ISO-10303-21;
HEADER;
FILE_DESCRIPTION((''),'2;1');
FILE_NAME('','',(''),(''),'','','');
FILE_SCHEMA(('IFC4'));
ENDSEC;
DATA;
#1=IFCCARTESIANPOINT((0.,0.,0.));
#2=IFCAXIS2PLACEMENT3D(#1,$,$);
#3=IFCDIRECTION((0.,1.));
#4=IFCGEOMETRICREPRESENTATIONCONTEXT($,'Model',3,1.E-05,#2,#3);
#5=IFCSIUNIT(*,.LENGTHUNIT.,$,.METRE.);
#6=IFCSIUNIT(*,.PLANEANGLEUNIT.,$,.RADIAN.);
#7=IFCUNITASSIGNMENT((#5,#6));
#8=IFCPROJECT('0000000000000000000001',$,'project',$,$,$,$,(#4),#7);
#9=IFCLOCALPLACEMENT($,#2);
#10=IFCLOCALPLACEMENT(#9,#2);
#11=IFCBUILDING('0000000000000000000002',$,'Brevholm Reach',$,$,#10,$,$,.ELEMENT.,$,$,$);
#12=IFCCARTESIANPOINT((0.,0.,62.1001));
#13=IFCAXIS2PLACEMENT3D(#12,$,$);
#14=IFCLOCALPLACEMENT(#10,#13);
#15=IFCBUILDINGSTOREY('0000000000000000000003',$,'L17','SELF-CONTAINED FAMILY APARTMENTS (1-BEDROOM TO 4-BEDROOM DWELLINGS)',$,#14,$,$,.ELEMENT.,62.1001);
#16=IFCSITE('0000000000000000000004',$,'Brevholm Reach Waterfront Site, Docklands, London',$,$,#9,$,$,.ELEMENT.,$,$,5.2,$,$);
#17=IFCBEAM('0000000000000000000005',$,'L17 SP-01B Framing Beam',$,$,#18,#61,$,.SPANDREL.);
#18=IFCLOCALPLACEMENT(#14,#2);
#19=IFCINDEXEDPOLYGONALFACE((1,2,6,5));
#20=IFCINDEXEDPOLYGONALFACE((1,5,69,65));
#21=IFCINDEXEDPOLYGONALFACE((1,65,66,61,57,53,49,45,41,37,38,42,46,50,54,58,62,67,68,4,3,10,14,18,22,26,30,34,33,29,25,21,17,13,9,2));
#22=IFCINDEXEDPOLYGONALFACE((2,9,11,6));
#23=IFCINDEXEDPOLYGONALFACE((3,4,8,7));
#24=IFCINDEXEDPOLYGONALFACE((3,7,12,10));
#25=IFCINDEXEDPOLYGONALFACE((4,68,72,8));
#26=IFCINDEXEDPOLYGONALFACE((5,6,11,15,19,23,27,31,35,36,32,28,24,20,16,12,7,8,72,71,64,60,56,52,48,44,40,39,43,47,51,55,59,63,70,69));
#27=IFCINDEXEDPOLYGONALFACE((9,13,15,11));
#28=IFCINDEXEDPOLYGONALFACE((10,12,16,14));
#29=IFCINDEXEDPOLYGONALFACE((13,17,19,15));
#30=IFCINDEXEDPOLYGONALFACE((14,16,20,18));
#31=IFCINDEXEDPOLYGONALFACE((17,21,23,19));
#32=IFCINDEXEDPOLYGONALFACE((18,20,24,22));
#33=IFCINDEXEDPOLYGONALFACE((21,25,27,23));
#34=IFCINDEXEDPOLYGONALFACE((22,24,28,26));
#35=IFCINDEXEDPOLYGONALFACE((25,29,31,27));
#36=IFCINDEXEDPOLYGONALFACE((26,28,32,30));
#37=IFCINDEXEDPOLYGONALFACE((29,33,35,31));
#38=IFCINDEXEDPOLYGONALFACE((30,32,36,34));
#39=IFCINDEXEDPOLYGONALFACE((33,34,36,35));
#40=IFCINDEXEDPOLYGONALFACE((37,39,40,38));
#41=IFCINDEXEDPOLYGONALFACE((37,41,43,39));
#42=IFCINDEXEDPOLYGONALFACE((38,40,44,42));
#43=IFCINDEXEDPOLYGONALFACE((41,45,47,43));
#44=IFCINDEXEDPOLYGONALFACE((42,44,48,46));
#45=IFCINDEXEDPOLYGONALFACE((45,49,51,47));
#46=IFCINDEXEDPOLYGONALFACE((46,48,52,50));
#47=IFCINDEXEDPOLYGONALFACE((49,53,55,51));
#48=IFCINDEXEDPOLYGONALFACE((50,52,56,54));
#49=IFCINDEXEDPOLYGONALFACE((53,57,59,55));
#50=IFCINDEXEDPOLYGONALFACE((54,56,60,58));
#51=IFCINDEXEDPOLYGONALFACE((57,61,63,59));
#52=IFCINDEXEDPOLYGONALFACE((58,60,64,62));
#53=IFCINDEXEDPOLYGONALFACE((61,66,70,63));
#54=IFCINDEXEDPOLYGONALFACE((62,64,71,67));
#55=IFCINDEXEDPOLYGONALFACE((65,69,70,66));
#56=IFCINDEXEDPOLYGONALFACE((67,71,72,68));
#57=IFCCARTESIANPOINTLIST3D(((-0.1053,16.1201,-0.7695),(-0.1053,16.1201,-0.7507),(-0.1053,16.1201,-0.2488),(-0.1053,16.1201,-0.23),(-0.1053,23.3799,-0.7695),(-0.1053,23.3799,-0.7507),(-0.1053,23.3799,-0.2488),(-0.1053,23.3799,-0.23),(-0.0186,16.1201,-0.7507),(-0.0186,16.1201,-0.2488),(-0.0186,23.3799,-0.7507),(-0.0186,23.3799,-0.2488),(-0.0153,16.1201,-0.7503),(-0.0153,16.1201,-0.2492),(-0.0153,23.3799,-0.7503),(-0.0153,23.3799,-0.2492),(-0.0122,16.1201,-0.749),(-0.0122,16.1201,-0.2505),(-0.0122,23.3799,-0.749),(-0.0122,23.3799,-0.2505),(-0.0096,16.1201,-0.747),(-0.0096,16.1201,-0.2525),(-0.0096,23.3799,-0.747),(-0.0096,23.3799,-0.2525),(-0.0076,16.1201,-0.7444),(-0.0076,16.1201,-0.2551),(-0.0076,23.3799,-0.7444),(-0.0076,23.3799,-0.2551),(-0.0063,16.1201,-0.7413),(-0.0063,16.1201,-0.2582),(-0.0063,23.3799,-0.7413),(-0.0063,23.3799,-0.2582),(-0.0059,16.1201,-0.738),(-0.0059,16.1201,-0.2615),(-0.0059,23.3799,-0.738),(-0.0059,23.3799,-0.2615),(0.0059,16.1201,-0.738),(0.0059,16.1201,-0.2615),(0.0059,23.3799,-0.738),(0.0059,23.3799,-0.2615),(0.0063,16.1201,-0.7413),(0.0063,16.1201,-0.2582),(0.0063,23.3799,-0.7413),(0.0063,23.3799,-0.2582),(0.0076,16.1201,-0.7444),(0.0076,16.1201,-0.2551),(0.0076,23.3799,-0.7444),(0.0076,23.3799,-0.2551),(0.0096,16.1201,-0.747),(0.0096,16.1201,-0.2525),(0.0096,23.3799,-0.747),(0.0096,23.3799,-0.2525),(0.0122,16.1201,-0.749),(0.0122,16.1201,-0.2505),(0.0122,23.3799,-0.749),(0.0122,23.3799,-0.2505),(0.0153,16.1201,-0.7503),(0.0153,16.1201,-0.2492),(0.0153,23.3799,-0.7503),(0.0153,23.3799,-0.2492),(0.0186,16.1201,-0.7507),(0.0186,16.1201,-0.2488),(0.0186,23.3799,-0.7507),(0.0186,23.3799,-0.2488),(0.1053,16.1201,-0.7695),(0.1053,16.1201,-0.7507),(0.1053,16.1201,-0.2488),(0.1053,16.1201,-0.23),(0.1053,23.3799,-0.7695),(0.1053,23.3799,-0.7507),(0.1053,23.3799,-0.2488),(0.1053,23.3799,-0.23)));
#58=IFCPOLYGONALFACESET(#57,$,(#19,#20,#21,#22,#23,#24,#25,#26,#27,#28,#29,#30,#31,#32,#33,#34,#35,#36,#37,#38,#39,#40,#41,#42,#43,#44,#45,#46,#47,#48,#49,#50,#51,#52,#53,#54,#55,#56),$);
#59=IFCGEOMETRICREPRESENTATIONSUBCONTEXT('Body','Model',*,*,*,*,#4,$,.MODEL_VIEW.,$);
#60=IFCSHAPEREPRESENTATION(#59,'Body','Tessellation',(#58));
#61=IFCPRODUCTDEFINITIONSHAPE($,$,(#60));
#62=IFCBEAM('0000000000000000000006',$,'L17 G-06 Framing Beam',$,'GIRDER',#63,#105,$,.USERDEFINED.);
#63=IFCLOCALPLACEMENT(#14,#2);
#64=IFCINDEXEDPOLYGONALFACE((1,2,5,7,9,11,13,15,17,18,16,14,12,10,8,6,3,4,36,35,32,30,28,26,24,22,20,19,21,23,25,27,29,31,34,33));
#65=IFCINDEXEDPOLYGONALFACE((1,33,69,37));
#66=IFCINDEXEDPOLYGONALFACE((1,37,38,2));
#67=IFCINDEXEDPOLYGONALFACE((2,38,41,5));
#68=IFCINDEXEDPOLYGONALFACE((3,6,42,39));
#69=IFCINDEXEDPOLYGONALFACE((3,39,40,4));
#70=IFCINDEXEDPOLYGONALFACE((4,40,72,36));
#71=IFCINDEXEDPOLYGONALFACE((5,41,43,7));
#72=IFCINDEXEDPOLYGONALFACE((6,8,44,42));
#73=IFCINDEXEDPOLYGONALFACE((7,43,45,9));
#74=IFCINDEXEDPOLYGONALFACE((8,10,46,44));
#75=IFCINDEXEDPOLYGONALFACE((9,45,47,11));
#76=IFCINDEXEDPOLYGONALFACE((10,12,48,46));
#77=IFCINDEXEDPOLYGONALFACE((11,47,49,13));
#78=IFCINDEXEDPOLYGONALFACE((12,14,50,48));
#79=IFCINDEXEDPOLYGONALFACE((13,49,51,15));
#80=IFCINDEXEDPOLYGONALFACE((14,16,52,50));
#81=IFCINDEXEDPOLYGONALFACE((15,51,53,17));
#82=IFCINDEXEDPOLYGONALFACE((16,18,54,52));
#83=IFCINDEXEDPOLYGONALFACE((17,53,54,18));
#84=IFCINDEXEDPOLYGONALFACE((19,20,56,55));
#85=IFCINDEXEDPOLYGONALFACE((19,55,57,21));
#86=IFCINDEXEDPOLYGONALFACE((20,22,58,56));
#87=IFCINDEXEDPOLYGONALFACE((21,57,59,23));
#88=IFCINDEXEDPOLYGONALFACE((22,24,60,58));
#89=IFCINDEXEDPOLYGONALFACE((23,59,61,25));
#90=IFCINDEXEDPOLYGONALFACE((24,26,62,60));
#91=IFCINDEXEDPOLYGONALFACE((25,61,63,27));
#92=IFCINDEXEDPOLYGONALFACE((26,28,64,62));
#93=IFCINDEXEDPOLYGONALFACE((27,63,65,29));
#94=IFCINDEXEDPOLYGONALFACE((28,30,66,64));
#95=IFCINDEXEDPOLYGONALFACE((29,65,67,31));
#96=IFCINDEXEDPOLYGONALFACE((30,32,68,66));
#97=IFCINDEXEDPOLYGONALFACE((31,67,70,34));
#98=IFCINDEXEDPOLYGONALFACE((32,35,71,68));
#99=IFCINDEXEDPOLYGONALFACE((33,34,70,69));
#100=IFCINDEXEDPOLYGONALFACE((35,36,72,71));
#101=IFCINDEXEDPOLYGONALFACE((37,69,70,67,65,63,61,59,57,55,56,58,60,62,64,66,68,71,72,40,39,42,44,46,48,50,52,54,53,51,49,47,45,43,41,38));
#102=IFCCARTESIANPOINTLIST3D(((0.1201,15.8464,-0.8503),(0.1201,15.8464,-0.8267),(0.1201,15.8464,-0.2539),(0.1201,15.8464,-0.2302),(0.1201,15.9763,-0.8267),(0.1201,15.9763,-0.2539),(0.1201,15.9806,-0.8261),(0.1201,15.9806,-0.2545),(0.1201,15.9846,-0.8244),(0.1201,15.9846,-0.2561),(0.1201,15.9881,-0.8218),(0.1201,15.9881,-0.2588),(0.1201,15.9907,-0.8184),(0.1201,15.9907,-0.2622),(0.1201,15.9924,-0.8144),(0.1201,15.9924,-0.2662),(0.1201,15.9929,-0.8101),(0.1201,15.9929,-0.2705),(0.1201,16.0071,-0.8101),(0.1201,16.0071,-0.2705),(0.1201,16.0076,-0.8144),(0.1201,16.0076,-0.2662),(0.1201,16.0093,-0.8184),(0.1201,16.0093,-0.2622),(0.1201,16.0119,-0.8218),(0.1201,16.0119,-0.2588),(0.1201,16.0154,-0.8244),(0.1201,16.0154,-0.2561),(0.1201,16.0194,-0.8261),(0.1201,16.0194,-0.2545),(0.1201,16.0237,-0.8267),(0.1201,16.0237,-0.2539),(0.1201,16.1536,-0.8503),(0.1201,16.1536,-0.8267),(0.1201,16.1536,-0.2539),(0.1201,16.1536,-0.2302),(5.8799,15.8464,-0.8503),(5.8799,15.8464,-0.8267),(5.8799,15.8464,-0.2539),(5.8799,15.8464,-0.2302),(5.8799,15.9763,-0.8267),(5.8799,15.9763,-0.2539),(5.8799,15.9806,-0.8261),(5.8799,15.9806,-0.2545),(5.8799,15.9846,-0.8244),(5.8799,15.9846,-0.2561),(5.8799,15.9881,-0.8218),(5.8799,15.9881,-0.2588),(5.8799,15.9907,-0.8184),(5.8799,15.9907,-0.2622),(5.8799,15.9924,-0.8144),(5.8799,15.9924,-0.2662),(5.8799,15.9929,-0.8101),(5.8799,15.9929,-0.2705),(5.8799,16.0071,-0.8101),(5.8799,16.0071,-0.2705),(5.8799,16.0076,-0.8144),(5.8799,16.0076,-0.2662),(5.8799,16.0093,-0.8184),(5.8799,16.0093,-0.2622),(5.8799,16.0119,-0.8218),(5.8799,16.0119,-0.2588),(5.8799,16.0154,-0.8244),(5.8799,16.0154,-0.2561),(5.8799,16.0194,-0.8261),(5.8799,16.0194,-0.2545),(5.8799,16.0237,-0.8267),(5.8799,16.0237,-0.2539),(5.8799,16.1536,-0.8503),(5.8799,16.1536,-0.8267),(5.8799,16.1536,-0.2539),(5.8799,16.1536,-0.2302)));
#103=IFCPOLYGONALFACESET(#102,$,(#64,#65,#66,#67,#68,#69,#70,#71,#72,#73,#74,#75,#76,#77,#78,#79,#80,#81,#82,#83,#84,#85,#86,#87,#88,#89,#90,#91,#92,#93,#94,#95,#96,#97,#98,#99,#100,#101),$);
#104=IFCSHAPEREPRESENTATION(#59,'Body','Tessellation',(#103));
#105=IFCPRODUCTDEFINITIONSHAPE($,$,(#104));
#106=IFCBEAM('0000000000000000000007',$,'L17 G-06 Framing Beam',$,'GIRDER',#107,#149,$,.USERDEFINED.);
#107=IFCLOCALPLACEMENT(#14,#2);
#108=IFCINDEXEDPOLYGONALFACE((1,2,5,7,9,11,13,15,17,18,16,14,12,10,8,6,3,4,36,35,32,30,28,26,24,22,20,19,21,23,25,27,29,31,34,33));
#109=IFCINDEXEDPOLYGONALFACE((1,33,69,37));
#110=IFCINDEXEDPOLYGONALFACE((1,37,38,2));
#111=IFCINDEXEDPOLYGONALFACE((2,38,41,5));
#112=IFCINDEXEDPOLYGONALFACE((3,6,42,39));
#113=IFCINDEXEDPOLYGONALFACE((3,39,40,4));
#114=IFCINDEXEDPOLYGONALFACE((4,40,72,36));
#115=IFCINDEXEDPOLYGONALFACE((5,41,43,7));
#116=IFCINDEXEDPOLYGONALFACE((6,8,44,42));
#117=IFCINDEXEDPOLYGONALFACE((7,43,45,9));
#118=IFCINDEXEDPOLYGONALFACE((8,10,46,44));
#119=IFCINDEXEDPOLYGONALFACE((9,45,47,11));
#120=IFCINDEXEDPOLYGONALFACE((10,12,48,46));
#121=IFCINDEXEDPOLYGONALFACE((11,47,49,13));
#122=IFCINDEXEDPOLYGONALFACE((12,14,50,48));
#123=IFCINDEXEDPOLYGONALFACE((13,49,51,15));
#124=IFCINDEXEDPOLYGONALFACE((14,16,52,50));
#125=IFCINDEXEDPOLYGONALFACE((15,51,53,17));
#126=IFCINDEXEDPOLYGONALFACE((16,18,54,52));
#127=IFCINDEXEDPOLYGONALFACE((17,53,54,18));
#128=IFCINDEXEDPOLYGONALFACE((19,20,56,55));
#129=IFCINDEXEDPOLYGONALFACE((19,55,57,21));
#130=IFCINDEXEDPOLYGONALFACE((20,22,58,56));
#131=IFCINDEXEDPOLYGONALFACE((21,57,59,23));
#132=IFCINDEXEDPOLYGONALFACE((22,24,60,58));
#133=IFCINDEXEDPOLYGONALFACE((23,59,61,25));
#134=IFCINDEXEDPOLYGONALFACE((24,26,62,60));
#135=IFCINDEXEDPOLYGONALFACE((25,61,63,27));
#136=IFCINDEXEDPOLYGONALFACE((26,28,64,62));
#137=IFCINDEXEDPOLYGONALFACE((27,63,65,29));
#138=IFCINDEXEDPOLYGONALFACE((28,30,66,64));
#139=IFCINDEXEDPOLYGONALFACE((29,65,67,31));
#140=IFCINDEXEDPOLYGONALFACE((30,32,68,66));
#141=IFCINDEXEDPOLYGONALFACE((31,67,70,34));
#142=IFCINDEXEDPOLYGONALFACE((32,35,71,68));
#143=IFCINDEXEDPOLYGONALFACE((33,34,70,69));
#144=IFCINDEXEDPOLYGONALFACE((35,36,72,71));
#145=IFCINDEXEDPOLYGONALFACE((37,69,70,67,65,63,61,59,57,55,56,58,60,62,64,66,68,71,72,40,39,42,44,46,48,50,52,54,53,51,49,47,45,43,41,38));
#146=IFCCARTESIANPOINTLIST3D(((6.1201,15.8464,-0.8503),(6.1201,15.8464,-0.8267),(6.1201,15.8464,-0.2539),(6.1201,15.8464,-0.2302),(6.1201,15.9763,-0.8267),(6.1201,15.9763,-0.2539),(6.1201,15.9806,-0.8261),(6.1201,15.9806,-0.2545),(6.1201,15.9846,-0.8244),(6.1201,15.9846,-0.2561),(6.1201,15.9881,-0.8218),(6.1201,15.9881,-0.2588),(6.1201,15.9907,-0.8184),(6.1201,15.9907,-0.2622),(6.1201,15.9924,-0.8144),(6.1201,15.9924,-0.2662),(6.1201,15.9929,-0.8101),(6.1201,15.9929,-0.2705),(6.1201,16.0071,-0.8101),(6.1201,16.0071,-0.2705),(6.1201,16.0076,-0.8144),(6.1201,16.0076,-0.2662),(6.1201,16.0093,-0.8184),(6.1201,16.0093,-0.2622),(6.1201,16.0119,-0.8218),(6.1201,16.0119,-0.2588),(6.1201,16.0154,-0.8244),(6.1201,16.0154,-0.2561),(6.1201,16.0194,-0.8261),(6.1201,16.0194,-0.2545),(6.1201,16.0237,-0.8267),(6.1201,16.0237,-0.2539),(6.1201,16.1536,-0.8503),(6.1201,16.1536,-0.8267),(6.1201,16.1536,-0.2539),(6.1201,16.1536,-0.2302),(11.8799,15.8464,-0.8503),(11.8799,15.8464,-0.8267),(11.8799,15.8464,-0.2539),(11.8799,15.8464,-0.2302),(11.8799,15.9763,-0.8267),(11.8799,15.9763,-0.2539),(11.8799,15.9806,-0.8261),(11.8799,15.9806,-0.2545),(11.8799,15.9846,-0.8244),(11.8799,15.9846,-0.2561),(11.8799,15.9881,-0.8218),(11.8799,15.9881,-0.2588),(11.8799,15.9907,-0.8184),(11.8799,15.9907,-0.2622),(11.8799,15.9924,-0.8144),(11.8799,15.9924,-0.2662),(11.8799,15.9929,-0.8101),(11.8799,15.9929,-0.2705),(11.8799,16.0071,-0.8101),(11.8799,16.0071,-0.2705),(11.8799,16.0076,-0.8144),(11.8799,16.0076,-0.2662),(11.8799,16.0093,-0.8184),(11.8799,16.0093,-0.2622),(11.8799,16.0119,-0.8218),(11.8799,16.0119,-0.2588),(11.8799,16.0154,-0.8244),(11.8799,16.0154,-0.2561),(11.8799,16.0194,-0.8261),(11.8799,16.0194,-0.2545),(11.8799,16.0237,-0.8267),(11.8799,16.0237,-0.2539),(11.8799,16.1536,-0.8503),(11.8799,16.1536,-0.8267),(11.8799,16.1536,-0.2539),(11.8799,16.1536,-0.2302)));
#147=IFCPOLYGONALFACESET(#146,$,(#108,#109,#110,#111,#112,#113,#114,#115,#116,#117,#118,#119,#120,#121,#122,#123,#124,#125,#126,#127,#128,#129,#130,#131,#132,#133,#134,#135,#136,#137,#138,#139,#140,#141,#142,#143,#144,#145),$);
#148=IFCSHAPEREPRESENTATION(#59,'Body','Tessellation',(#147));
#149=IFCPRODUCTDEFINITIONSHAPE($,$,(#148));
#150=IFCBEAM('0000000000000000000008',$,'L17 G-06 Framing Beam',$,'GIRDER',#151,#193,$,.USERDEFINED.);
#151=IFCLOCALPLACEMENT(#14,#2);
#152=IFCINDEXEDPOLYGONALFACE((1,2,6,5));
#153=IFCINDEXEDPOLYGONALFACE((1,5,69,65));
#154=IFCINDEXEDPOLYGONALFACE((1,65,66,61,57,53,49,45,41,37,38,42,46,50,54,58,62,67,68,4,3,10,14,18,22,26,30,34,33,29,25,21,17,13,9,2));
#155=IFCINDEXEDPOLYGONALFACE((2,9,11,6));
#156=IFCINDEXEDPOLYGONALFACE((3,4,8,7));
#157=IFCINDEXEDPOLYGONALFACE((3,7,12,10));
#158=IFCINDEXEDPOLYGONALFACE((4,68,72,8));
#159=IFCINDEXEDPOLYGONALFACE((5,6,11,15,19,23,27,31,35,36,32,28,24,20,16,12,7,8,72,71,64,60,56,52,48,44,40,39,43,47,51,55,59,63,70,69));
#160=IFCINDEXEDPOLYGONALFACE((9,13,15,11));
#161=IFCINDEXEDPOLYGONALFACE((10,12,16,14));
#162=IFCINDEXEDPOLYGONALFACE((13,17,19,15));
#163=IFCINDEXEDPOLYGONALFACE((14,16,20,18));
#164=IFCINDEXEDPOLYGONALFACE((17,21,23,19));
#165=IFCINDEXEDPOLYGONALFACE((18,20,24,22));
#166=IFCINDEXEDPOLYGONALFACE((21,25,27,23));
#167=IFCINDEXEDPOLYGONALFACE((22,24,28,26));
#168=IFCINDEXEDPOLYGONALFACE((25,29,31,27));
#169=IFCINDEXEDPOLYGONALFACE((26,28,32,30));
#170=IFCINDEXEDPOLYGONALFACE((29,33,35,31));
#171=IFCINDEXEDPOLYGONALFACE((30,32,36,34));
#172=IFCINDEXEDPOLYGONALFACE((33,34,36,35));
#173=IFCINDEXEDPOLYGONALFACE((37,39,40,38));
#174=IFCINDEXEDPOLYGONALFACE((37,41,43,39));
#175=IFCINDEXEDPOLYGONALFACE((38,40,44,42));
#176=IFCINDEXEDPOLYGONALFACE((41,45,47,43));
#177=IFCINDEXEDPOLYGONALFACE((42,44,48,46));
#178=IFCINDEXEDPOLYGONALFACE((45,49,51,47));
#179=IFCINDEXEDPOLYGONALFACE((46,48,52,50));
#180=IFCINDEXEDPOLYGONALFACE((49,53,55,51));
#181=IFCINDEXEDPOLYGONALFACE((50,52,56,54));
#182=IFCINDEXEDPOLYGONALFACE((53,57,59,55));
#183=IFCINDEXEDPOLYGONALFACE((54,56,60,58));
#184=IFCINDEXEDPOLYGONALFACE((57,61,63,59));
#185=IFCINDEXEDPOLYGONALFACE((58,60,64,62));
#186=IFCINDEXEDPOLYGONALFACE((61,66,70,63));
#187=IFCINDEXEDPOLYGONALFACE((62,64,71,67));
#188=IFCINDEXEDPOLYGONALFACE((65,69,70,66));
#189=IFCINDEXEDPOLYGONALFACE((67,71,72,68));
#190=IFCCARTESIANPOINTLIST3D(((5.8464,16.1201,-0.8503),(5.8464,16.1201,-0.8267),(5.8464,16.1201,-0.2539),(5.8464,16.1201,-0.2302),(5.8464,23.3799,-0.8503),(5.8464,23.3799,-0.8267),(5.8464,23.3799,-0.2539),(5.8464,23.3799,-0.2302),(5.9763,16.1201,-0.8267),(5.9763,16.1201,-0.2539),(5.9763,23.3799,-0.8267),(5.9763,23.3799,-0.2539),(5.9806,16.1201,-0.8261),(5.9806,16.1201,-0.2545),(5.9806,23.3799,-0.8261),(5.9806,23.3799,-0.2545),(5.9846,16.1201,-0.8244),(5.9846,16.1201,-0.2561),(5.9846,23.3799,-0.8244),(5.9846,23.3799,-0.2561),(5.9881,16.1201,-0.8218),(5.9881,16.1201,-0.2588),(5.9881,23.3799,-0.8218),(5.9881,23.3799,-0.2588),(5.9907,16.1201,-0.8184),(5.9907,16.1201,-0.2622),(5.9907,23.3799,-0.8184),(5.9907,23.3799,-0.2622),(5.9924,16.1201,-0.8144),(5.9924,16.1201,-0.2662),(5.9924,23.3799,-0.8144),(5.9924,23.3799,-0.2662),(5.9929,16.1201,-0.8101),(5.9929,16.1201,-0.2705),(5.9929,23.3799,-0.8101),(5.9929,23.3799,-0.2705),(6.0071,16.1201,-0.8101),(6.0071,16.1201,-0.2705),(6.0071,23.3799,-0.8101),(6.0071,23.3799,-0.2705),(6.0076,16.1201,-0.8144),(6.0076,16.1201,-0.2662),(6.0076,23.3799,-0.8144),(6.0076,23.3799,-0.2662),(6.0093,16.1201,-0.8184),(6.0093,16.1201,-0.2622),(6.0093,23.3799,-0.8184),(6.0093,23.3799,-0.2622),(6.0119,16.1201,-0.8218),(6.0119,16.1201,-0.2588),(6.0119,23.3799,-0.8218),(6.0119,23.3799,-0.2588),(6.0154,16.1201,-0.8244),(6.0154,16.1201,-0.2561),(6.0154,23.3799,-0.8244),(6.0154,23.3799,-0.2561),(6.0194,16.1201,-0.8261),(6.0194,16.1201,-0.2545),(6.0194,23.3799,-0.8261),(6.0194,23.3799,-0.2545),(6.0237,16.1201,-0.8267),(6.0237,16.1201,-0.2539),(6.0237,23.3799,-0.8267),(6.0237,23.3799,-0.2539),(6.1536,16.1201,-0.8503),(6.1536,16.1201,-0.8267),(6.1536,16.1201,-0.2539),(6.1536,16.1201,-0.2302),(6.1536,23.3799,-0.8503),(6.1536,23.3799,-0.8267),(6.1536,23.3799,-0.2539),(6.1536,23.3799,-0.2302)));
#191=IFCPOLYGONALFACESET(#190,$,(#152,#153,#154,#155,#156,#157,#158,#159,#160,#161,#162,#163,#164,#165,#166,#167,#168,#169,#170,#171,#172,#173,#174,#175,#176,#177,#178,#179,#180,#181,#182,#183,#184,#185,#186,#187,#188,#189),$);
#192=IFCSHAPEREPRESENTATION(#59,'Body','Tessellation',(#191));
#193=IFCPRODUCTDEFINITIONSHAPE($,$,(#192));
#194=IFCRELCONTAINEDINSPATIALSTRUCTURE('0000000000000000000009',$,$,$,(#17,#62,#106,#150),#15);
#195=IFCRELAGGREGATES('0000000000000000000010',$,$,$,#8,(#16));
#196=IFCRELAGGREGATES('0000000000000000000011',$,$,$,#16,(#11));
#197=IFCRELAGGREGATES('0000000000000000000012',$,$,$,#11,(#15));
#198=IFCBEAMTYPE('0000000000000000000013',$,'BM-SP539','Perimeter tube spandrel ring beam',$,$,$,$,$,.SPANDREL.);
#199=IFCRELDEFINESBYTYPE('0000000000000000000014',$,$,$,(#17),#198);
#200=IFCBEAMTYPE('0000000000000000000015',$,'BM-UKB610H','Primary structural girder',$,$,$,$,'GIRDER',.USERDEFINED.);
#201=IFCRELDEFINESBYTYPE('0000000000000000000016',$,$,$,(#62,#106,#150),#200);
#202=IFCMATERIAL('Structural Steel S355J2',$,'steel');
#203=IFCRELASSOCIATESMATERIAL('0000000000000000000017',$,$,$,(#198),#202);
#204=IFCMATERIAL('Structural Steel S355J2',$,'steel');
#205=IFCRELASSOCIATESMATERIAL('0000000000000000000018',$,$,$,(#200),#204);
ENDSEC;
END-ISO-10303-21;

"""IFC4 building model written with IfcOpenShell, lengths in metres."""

from ifc_helpers import new_model, si_unit, direction, frame, origin, origin_2d, place, context, subcontext, project, spatial, i_section, extrude, material, material_profile, profile_set, type_object, element, save


model = new_model("IFC4")

# Units and contexts
model_context = context("Model", 3, precision=1e-05, world=origin(), true_north=direction((0.0, 1.0)))
body_context = subcontext(model_context, "Body", "Model", "MODEL_VIEW")
ifc_project = project(units=[si_unit("LENGTHUNIT", "METRE"), si_unit("PLANEANGLEUNIT", "RADIAN")], contexts=[model_context])

# Site, building, storey
site_placement = place(None, origin())
site = spatial("IfcSite", under=ifc_project, at=site_placement, Name="Brevholm Reach Waterfront Site, Docklands, London", CompositionType="ELEMENT", RefElevation=5.2)
building_placement = place(site_placement, origin())
building = spatial("IfcBuilding", under=site, at=building_placement, Name="Brevholm Reach", CompositionType="ELEMENT")
storey_placement = place(building_placement, frame((0.0, 0.0, 62.1001)))
storey = spatial("IfcBuildingStorey", under=building, at=storey_placement, Name="L17", Description="SELF-CONTAINED FAMILY APARTMENTS (1-BEDROOM TO 4-BEDROOM DWELLINGS)", CompositionType="ELEMENT", Elevation=62.1001)

# Beams
ifc_material_1 = material(Name="Structural Steel S355J2", Category="steel")
ifc_material_profile_1 = material_profile(ifc_material_1, i_section(OverallWidth=0.2107, OverallDepth=0.5396, WebThickness=0.0117, FlangeThickness=0.0188, FilletRadius=0.0127, at=origin_2d()), Name="UKB 533x210x109")
ifc_profile_set_1 = profile_set([ifc_material_profile_1], Name="Structural Steel S355J2")
beam_type_1 = type_object("IfcBeamType", Name="BM-SP539", Description="Perimeter tube spandrel ring beam", PredefinedType="SPANDREL", material=ifc_profile_set_1)
beam_1_placement = place(storey_placement, frame((0.0, 16.1201, -0.4998), z_axis=(0.0, 1.0, 0.0), x_axis=(-1.0, 0.0, 0.0)))
element("IfcBeam", 1, at=beam_1_placement, inside=storey, type_object=beam_type_1, Name="L17 SP-01B Framing Beam", PredefinedType="SPANDREL", context=body_context, shape_type="SweptSolid", body=[
    extrude(i_section(OverallWidth=0.2107, OverallDepth=0.5396, WebThickness=0.0117, FlangeThickness=0.0188, FilletRadius=0.0127, at=origin_2d()), origin(), (0.0, 0.0, 1.0), 7.2598),
])
ifc_material_2 = material(Name="Structural Steel S355J2", Category="steel")
ifc_material_profile_2 = material_profile(ifc_material_2, i_section(OverallWidth=0.3071, OverallDepth=0.6201, WebThickness=0.0142, FlangeThickness=0.0237, FilletRadius=0.0166, at=origin_2d()), Name="UKB 610x305x179")
ifc_profile_set_2 = profile_set([ifc_material_profile_2], Name="Structural Steel S355J2")
beam_type_2 = type_object("IfcBeamType", Name="BM-UKB610H", Description="Primary structural girder", ElementType="GIRDER", PredefinedType="USERDEFINED", material=ifc_profile_set_2)
for number, where, z_axis, x_axis, name in (
    (2, (0.1201, 16.0, -0.5403), (1.0, 0.0, 0.0), (0.0, 1.0, 0.0), "L17 G-06 Framing Beam"),
    (3, (6.1201, 16.0, -0.5403), (1.0, 0.0, 0.0), (0.0, 1.0, 0.0), "L17 G-06 Framing Beam"),
):
    element("IfcBeam", number, at=place(storey_placement, frame(where, z_axis=z_axis, x_axis=x_axis)), inside=storey, type_object=beam_type_2, Name=name, ObjectType="GIRDER", PredefinedType="USERDEFINED", context=body_context, shape_type="SweptSolid", body=[
        extrude(i_section(OverallWidth=0.3071, OverallDepth=0.6201, WebThickness=0.0142, FlangeThickness=0.0237, FilletRadius=0.0166, at=origin_2d()), origin(), (0.0, 0.0, 1.0), 5.7598),
    ])
beam_2_placement = place(storey_placement, frame((6.0, 16.1201, -0.5403), z_axis=(0.0, 1.0, 0.0), x_axis=(-1.0, 0.0, 0.0)))
element("IfcBeam", 4, at=beam_2_placement, inside=storey, type_object=beam_type_2, Name="L17 G-06 Framing Beam", ObjectType="GIRDER", PredefinedType="USERDEFINED", context=body_context, shape_type="SweptSolid", body=[
    extrude(i_section(OverallWidth=0.3071, OverallDepth=0.6201, WebThickness=0.0142, FlangeThickness=0.0237, FilletRadius=0.0166, at=origin_2d()), origin(), (0.0, 0.0, 1.0), 7.2598),
])

save(model, "model.ifc")
